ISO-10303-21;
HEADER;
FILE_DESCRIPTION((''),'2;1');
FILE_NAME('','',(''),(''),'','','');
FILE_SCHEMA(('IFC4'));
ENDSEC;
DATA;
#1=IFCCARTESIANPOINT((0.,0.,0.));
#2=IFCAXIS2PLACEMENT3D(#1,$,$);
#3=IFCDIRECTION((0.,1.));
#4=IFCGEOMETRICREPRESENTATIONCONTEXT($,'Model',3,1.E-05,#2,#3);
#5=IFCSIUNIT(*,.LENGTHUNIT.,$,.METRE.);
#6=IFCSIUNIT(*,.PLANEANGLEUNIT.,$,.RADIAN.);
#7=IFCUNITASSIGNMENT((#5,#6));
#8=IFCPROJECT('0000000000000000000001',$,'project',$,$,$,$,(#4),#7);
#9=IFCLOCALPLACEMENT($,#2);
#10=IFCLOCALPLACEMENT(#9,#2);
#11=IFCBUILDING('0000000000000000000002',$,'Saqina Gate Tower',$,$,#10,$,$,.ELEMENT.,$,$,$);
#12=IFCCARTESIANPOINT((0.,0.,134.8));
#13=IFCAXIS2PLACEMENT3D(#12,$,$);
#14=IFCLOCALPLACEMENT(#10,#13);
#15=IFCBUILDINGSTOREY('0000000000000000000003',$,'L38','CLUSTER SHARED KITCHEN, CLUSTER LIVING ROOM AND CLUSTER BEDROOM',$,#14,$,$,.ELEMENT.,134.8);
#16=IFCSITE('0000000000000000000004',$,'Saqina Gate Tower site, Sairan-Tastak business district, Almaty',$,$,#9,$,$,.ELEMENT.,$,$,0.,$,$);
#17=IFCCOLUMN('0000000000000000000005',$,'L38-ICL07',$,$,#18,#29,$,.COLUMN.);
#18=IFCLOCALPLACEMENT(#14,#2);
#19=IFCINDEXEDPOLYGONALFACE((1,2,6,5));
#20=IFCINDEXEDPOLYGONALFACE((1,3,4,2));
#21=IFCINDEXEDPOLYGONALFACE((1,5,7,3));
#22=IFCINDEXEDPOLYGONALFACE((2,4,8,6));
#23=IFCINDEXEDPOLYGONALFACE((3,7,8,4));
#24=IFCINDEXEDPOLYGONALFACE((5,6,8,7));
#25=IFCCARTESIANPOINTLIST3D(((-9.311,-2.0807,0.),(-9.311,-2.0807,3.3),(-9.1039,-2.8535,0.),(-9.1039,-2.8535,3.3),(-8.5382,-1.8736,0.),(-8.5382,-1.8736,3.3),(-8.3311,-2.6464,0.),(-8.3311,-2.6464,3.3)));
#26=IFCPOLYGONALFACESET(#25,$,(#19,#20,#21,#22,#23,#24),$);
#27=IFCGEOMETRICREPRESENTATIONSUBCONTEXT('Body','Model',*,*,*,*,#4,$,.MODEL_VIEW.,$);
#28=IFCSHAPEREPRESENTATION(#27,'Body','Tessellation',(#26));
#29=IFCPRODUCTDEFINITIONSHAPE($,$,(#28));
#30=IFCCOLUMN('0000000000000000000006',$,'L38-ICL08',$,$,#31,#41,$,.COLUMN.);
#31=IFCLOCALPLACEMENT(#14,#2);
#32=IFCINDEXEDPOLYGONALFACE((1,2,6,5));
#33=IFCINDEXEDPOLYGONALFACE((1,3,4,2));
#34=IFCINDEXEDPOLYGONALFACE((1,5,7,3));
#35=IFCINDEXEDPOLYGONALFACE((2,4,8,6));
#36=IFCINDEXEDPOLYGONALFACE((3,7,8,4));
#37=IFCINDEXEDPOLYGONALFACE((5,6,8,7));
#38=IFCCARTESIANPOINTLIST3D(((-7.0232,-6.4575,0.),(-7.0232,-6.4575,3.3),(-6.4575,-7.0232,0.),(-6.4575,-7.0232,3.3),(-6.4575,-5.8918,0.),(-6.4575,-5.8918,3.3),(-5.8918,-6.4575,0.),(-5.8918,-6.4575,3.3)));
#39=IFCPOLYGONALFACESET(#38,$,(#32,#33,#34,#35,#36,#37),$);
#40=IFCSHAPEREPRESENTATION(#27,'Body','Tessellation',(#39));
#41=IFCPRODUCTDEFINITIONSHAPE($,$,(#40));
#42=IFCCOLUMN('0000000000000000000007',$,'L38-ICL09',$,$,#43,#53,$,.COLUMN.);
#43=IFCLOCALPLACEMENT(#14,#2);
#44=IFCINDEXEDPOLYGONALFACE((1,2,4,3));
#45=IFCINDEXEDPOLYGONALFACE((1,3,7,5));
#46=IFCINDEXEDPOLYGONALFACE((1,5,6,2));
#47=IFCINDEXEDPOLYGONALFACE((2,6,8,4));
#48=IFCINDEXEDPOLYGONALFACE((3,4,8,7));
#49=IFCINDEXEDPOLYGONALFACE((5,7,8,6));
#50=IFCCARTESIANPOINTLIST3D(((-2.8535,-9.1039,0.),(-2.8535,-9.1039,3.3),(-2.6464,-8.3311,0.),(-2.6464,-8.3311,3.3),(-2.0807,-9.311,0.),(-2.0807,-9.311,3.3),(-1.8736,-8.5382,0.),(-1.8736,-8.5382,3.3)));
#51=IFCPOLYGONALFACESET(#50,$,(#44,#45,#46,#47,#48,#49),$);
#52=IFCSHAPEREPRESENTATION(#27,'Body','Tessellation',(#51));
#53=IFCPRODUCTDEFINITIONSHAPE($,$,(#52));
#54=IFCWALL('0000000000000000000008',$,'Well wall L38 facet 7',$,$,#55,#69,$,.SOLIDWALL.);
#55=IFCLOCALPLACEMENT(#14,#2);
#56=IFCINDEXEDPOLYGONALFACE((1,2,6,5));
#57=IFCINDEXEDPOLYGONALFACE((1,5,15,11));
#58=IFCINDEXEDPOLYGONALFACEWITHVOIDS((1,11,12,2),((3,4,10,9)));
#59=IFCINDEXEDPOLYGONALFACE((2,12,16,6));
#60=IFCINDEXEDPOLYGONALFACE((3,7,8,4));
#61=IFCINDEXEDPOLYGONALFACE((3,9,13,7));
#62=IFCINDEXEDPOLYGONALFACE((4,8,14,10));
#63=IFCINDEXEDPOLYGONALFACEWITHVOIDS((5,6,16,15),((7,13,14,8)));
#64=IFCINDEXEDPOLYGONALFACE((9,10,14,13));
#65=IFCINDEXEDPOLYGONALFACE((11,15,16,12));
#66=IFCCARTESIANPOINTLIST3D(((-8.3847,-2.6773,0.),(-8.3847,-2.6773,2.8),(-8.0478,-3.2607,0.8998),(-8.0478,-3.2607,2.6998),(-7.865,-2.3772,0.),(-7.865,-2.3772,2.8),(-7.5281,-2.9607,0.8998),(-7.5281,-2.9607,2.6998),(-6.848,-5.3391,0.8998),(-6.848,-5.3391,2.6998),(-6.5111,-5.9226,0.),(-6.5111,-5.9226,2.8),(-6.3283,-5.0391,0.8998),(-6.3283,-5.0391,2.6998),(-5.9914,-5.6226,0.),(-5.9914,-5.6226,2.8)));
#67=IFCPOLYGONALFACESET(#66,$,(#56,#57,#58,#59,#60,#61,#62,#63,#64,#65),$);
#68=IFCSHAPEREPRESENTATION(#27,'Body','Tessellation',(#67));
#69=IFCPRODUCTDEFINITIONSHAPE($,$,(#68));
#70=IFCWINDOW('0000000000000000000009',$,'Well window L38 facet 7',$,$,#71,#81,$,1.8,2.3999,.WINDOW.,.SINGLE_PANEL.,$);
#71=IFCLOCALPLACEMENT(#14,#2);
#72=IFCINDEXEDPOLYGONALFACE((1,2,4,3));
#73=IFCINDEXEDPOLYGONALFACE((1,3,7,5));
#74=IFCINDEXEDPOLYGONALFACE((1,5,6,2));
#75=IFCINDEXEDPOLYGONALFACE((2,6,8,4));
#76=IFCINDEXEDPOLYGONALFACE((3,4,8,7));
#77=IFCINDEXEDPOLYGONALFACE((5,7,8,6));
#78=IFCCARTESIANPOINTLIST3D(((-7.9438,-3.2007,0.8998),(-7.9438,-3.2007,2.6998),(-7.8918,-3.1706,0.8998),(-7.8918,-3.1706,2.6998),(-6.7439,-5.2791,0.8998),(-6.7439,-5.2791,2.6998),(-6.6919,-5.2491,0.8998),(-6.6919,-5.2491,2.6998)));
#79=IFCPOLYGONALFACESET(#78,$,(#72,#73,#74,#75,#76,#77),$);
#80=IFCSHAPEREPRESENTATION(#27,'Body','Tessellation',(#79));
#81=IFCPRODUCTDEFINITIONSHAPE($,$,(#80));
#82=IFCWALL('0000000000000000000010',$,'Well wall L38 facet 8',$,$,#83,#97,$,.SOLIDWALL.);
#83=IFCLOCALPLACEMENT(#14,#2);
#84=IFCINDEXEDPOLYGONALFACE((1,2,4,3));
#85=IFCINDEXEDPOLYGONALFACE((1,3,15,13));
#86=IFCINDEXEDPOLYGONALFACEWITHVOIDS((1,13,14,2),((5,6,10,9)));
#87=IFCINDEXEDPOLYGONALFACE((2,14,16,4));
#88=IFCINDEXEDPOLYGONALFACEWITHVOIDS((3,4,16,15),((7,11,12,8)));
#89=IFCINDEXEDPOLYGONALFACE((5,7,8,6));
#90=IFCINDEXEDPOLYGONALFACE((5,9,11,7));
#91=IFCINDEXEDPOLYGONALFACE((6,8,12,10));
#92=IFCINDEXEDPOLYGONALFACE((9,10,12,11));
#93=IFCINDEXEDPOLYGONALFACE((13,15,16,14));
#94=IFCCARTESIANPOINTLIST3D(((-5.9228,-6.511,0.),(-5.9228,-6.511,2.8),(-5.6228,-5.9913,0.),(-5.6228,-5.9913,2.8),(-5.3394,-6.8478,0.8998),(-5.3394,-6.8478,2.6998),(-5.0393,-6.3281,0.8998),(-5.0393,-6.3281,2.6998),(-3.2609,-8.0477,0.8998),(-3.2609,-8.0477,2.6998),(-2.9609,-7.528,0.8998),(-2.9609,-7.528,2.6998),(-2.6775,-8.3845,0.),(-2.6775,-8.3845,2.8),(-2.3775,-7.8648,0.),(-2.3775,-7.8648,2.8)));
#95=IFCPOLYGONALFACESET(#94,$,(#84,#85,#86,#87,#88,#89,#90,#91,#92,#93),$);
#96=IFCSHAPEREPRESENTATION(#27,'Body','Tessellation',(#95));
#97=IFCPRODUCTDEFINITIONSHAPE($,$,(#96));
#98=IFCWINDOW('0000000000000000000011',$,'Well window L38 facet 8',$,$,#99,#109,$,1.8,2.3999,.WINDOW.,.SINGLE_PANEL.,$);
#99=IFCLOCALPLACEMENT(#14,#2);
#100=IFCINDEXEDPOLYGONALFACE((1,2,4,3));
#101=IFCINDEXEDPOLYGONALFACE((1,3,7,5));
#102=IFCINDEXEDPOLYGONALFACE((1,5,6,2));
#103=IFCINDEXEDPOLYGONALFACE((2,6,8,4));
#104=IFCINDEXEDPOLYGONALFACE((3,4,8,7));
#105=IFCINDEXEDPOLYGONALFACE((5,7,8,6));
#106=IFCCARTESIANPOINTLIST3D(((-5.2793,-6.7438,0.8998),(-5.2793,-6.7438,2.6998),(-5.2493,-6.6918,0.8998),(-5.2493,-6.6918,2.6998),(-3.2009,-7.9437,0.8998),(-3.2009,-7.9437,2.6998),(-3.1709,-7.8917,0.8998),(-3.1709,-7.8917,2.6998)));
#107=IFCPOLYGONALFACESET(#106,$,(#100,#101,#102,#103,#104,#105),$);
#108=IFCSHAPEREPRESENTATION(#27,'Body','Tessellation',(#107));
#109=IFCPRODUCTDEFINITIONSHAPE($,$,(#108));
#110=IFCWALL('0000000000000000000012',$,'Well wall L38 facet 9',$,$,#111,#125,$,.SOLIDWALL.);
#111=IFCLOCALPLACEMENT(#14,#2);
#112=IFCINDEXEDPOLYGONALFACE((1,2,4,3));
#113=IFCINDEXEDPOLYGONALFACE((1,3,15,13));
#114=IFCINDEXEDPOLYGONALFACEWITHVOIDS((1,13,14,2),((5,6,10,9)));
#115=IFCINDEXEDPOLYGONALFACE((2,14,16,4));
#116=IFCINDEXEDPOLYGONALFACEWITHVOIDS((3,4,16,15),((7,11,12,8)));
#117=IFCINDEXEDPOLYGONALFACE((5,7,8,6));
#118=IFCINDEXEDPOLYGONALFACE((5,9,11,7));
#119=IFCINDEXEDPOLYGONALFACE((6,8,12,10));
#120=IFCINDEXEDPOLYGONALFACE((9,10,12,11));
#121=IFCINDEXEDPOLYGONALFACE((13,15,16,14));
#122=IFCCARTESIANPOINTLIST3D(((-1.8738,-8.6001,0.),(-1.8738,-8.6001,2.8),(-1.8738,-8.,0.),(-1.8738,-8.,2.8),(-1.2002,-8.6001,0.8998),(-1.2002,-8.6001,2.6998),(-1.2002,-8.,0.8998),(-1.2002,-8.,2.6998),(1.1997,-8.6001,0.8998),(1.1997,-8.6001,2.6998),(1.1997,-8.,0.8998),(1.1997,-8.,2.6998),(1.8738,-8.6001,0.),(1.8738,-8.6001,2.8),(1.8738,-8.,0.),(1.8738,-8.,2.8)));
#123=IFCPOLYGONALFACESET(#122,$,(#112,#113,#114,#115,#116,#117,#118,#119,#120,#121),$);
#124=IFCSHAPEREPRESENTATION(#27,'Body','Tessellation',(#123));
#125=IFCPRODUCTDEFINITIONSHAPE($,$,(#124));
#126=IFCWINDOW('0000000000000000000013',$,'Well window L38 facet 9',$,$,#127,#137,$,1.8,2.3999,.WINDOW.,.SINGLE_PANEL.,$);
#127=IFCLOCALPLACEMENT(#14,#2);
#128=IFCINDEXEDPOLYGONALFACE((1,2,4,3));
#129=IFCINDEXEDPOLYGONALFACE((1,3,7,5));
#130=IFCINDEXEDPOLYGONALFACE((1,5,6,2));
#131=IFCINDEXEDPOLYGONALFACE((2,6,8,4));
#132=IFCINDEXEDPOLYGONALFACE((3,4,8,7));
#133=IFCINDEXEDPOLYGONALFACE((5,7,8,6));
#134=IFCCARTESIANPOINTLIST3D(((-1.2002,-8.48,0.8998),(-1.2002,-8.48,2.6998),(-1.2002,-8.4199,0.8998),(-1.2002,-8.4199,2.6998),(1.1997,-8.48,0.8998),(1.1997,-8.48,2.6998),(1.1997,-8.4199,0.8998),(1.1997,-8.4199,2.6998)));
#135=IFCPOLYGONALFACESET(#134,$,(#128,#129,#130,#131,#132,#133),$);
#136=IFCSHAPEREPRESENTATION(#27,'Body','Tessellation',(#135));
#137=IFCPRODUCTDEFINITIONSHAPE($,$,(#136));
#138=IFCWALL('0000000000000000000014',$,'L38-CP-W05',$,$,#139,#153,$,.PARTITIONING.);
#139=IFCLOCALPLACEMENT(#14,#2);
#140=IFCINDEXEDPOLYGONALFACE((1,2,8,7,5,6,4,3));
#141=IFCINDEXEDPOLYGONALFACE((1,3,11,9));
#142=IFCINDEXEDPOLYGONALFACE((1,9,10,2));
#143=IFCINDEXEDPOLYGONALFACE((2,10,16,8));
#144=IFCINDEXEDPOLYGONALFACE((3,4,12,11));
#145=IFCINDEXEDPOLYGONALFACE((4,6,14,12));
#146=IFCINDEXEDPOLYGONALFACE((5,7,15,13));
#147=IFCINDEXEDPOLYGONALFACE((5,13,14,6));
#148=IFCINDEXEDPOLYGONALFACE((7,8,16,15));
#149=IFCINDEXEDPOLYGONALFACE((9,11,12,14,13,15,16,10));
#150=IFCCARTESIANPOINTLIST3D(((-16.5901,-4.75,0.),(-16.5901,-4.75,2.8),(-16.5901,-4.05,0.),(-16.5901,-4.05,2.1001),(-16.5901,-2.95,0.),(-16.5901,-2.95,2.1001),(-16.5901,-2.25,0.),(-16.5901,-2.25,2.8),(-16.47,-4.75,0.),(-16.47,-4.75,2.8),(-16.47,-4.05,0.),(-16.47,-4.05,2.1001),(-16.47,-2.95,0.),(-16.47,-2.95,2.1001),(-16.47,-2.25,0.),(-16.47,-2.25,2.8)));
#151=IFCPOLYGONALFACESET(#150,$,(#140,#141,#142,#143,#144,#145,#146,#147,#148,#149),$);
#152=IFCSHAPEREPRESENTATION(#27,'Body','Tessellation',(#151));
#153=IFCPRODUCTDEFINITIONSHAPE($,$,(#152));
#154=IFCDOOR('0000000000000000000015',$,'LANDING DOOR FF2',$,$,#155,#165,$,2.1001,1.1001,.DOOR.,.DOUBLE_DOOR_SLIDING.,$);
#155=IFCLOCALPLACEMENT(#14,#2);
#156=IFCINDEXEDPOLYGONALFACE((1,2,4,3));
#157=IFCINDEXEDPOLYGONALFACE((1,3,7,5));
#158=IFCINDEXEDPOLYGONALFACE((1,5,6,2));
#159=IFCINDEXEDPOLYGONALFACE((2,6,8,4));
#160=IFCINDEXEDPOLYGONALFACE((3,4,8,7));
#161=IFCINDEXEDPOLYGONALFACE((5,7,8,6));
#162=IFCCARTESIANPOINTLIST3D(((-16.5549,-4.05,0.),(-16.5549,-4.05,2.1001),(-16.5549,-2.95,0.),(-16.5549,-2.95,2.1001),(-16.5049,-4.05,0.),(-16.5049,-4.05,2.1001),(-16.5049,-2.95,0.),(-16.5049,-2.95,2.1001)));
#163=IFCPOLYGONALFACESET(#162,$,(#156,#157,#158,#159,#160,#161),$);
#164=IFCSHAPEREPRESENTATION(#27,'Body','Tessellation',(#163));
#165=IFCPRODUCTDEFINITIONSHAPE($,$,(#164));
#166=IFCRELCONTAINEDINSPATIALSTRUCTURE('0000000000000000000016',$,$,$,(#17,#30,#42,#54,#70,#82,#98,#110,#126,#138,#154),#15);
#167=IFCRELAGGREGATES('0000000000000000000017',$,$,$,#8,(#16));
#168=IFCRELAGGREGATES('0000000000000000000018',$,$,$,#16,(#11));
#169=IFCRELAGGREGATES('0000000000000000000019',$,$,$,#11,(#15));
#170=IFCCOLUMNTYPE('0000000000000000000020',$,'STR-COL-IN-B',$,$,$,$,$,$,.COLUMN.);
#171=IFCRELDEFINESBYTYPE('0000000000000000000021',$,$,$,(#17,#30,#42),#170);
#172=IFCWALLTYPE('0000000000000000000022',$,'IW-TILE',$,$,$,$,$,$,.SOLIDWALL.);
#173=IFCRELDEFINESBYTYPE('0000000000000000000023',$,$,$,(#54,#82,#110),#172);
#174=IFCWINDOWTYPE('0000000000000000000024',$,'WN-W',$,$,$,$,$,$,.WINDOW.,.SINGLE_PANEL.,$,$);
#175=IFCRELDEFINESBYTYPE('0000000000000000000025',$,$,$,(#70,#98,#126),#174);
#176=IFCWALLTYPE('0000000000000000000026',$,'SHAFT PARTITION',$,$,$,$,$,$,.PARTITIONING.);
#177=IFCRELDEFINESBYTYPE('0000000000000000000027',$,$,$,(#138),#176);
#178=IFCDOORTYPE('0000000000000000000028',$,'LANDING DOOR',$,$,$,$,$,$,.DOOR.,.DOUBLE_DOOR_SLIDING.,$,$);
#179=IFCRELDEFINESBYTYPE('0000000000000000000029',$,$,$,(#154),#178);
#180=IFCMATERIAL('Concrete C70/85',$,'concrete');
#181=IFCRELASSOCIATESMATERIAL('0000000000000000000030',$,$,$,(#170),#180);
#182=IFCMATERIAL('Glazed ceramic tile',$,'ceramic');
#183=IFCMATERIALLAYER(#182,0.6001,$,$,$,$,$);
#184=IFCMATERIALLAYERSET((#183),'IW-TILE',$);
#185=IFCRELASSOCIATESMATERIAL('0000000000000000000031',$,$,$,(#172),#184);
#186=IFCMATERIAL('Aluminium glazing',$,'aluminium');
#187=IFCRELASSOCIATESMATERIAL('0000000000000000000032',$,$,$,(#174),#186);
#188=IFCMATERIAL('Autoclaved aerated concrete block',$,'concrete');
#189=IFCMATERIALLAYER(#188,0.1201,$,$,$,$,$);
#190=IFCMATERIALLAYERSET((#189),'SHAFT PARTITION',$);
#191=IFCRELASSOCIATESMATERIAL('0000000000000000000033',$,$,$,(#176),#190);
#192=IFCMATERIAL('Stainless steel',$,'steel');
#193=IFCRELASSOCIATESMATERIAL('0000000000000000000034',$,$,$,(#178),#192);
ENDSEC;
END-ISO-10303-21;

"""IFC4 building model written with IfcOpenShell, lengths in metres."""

from ifc_helpers import new_model, si_unit, direction, frame, frame_2d, origin, origin_2d, place, context, subcontext, project, spatial, rectangle, extrude, material, layer, layer_set, material_profile, profile_set, type_object, element, fill, save


model = new_model("IFC4")

# Units and contexts
model_context = context("Model", 3, precision=1e-05, world=origin(), true_north=direction((0.0, 1.0)))
body_context = subcontext(model_context, "Body", "Model", "MODEL_VIEW")
ifc_project = project(units=[si_unit("LENGTHUNIT", "METRE"), si_unit("PLANEANGLEUNIT", "RADIAN")], contexts=[model_context])

# Site, building, storey
site_placement = place(None, origin())
site = spatial("IfcSite", under=ifc_project, at=site_placement, Name="Saqina Gate Tower site, Sairan-Tastak business district, Almaty", CompositionType="ELEMENT", RefElevation=0.0)
building_placement = place(site_placement, origin())
building = spatial("IfcBuilding", under=site, at=building_placement, Name="Saqina Gate Tower", CompositionType="ELEMENT")
storey_placement = place(building_placement, frame((0.0, 0.0, 134.8)))
storey = spatial("IfcBuildingStorey", under=building, at=storey_placement, Name="L38", Description="CLUSTER SHARED KITCHEN, CLUSTER LIVING ROOM AND CLUSTER BEDROOM", CompositionType="ELEMENT", Elevation=134.8)

# Columns
ifc_material_1 = material(Name="Concrete C70/85", Category="concrete")
ifc_material_profile = material_profile(ifc_material_1, rectangle(XDim=0.8, YDim=0.8, at=origin_2d()), Name="RC 800x800")
ifc_profile_set = profile_set([ifc_material_profile], Name="Concrete C70/85")
column_type = type_object("IfcColumnType", Name="STR-COL-IN-B", PredefinedType="COLUMN", material=ifc_profile_set)
for number, where, z_axis, x_axis, name in (
    (1, (-8.821, -2.3635, 0.0), (0.0, 0.0, 1.0), (-0.965926, -0.258819, 0.0), "L38-ICL07"),
    (2, (-6.4575, -6.4575, 0.0), (0.0, 0.0, 1.0), (-0.707107, -0.707107, 0.0), "L38-ICL08"),
    (3, (-2.3635, -8.821, 0.0), (0.0, 0.0, 1.0), (-0.258819, -0.965926, 0.0), "L38-ICL09"),
):
    element("IfcColumn", number, at=place(storey_placement, frame(where, z_axis=z_axis, x_axis=x_axis)), inside=storey, type_object=column_type, Name=name, PredefinedType="COLUMN", context=body_context, shape_type="SweptSolid", body=[
        extrude(rectangle(XDim=0.8, YDim=0.8, at=origin_2d()), origin(), (0.0, 0.0, 1.0), 3.3),
    ])

# Walls, openings, windows
ifc_material_2 = material(Name="Glazed ceramic tile", Category="ceramic")
ifc_layer_1 = layer(ifc_material_2, 0.6001)
ifc_layer_set_1 = layer_set([ifc_layer_1], Name="IW-TILE")
wall_type_1 = type_object("IfcWallType", Name="IW-TILE", PredefinedType="SOLIDWALL", material=ifc_layer_set_1)
wall_1_placement = place(storey_placement, frame((-8.1248, -2.5273, 0.0), z_axis=(0.0, 0.0, 1.0), x_axis=(0.499965, -0.866046, 0.0)))
wall_1 = element("IfcWall", 4, at=wall_1_placement, inside=storey, type_object=wall_type_1, Name="Well wall L38 facet 7", PredefinedType="SOLIDWALL", context=body_context, shape_type="SweptSolid", body=[
    extrude(rectangle(XDim=3.7473, YDim=0.6001, at=frame_2d((1.8735, 0.0))), origin(), (0.0, 0.0, 1.0), 2.8),
])
opening_1_placement = place(wall_1_placement, frame((0.6736, 0.0, 0.8999)))
opening_1 = element("IfcOpeningElement", 5, at=opening_1_placement, cuts=wall_1, PredefinedType="OPENING", context=body_context, shape_type="SweptSolid", body=[
    extrude(rectangle(XDim=2.3999, YDim=1.8, at=frame_2d((1.2, 0.8999))), frame((0.0, 0.312, 0.0), z_axis=(0.0, -1.0, 0.0), x_axis=(1.0, 0.0, 0.0)), (0.0, 0.0, 1.0), 0.624),
])
ifc_material_3 = material(Name="Aluminium glazing", Category="aluminium")
window_type = type_object("IfcWindowType", Name="WN-W", PartitioningType="SINGLE_PANEL", PredefinedType="WINDOW", material=ifc_material_3)
window_1_placement = place(opening_1_placement, origin())
window_1 = element("IfcWindow", 6, at=window_1_placement, inside=storey, type_object=window_type, Name="Well window L38 facet 7", OverallHeight=1.8, OverallWidth=2.3999, PartitioningType="SINGLE_PANEL", PredefinedType="WINDOW", context=body_context, shape_type="SweptSolid", body=[
    extrude(rectangle(XDim=2.3999, YDim=1.8, at=frame_2d((1.2, 0.8999))), frame((0.0, -0.1199, 0.0), z_axis=(0.0, -1.0, 0.0), x_axis=(1.0, 0.0, 0.0)), (0.0, 0.0, 1.0), 0.0601),
])
fill(opening_1, window_1)
wall_2_placement = place(storey_placement, frame((-5.7727, -6.2512, 0.0), z_axis=(0.0, 0.0, 1.0), x_axis=(0.866046, -0.499965, 0.0)))
wall_2 = element("IfcWall", 7, at=wall_2_placement, inside=storey, type_object=wall_type_1, Name="Well wall L38 facet 8", PredefinedType="SOLIDWALL", context=body_context, shape_type="SweptSolid", body=[
    extrude(rectangle(XDim=3.7473, YDim=0.6001, at=frame_2d((1.8735, 0.0))), origin(), (0.0, 0.0, 1.0), 2.8),
])
opening_2_placement = place(wall_2_placement, frame((0.6736, 0.0, 0.8999)))
opening_2 = element("IfcOpeningElement", 8, at=opening_2_placement, cuts=wall_2, PredefinedType="OPENING", context=body_context, shape_type="SweptSolid", body=[
    extrude(rectangle(XDim=2.3999, YDim=1.8, at=frame_2d((1.2, 0.8999))), frame((0.0, 0.312, 0.0), z_axis=(0.0, -1.0, 0.0), x_axis=(1.0, 0.0, 0.0)), (0.0, 0.0, 1.0), 0.624),
])
window_2_placement = place(opening_2_placement, origin())
window_2 = element("IfcWindow", 9, at=window_2_placement, inside=storey, type_object=window_type, Name="Well window L38 facet 8", OverallHeight=1.8, OverallWidth=2.3999, PartitioningType="SINGLE_PANEL", PredefinedType="WINDOW", context=body_context, shape_type="SweptSolid", body=[
    extrude(rectangle(XDim=2.3999, YDim=1.8, at=frame_2d((1.2, 0.8999))), frame((0.0, -0.1199, 0.0), z_axis=(0.0, -1.0, 0.0), x_axis=(1.0, 0.0, 0.0)), (0.0, 0.0, 1.0), 0.0601),
])
fill(opening_2, window_2)
wall_3_placement = place(storey_placement, frame((-1.8738, -8.3, 0.0), z_axis=(0.0, 0.0, 1.0), x_axis=(1.0, 0.0, 0.0)))
wall_3 = element("IfcWall", 10, at=wall_3_placement, inside=storey, type_object=wall_type_1, Name="Well wall L38 facet 9", PredefinedType="SOLIDWALL", context=body_context, shape_type="SweptSolid", body=[
    extrude(rectangle(XDim=3.7476, YDim=0.6001, at=frame_2d((1.8738, 0.0))), origin(), (0.0, 0.0, 1.0), 2.8),
])
opening_3_placement = place(wall_3_placement, frame((0.6736, 0.0, 0.8999)))
opening_3 = element("IfcOpeningElement", 11, at=opening_3_placement, cuts=wall_3, PredefinedType="OPENING", context=body_context, shape_type="SweptSolid", body=[
    extrude(rectangle(XDim=2.3999, YDim=1.8, at=frame_2d((1.2, 0.8999))), frame((0.0, 0.312, 0.0), z_axis=(0.0, -1.0, 0.0), x_axis=(1.0, 0.0, 0.0)), (0.0, 0.0, 1.0), 0.624),
])
window_3_placement = place(opening_3_placement, origin())
window_3 = element("IfcWindow", 12, at=window_3_placement, inside=storey, type_object=window_type, Name="Well window L38 facet 9", OverallHeight=1.8, OverallWidth=2.3999, PartitioningType="SINGLE_PANEL", PredefinedType="WINDOW", context=body_context, shape_type="SweptSolid", body=[
    extrude(rectangle(XDim=2.3999, YDim=1.8, at=frame_2d((1.2, 0.8999))), frame((0.0, -0.1199, 0.0), z_axis=(0.0, -1.0, 0.0), x_axis=(1.0, 0.0, 0.0)), (0.0, 0.0, 1.0), 0.0601),
])
fill(opening_3, window_3)

# Wall, opening, door
ifc_material_4 = material(Name="Autoclaved aerated concrete block", Category="concrete")
ifc_layer_2 = layer(ifc_material_4, 0.1201)
ifc_layer_set_2 = layer_set([ifc_layer_2], Name="SHAFT PARTITION")
wall_type_2 = type_object("IfcWallType", Name="SHAFT PARTITION", PredefinedType="PARTITIONING", material=ifc_layer_set_2)
wall_4_placement = place(storey_placement, frame((-16.53, -4.75, 0.0), z_axis=(0.0, 0.0, 1.0), x_axis=(0.0, 1.0, 0.0)))
wall_4 = element("IfcWall", 13, at=wall_4_placement, inside=storey, type_object=wall_type_2, Name="L38-CP-W05", PredefinedType="PARTITIONING", context=body_context, shape_type="SweptSolid", body=[
    extrude(rectangle(XDim=2.5, YDim=0.1201, at=frame_2d((1.25, 0.0))), origin(), (0.0, 0.0, 1.0), 2.8),
])
opening_4_placement = place(wall_4_placement, frame((0.7, 0.0, 0.0)))
opening_4 = element("IfcOpeningElement", 14, at=opening_4_placement, cuts=wall_4, PredefinedType="OPENING", context=body_context, shape_type="SweptSolid", body=[
    extrude(rectangle(XDim=1.1001, YDim=2.1001, at=frame_2d((0.55, 1.05))), frame((0.0, 0.072, 0.0), z_axis=(0.0, -1.0, 0.0), x_axis=(1.0, 0.0, 0.0)), (0.0, 0.0, 1.0), 0.144),
])
ifc_material_5 = material(Name="Stainless steel", Category="steel")
door_type_1 = type_object("IfcDoorType", Name="LANDING DOOR", OperationType="DOUBLE_DOOR_SLIDING", PredefinedType="DOOR", material=ifc_material_5)
door_1_placement = place(opening_4_placement, origin())
door_1 = element("IfcDoor", 15, at=door_1_placement, inside=storey, type_object=door_type_1, Name="LANDING DOOR FF2", OperationType="DOUBLE_DOOR_SLIDING", OverallHeight=2.1001, OverallWidth=1.1001, PredefinedType="DOOR", context=body_context, shape_type="SweptSolid", body=[
    extrude(rectangle(XDim=1.1001, YDim=2.1001, at=frame_2d((0.55, 1.05))), frame((0.0, 0.0249, 0.0), z_axis=(0.0, -1.0, 0.0), x_axis=(1.0, 0.0, 0.0)), (0.0, 0.0, 1.0), 0.05),
])
fill(opening_4, door_1)

save(model, "model.ifc")
